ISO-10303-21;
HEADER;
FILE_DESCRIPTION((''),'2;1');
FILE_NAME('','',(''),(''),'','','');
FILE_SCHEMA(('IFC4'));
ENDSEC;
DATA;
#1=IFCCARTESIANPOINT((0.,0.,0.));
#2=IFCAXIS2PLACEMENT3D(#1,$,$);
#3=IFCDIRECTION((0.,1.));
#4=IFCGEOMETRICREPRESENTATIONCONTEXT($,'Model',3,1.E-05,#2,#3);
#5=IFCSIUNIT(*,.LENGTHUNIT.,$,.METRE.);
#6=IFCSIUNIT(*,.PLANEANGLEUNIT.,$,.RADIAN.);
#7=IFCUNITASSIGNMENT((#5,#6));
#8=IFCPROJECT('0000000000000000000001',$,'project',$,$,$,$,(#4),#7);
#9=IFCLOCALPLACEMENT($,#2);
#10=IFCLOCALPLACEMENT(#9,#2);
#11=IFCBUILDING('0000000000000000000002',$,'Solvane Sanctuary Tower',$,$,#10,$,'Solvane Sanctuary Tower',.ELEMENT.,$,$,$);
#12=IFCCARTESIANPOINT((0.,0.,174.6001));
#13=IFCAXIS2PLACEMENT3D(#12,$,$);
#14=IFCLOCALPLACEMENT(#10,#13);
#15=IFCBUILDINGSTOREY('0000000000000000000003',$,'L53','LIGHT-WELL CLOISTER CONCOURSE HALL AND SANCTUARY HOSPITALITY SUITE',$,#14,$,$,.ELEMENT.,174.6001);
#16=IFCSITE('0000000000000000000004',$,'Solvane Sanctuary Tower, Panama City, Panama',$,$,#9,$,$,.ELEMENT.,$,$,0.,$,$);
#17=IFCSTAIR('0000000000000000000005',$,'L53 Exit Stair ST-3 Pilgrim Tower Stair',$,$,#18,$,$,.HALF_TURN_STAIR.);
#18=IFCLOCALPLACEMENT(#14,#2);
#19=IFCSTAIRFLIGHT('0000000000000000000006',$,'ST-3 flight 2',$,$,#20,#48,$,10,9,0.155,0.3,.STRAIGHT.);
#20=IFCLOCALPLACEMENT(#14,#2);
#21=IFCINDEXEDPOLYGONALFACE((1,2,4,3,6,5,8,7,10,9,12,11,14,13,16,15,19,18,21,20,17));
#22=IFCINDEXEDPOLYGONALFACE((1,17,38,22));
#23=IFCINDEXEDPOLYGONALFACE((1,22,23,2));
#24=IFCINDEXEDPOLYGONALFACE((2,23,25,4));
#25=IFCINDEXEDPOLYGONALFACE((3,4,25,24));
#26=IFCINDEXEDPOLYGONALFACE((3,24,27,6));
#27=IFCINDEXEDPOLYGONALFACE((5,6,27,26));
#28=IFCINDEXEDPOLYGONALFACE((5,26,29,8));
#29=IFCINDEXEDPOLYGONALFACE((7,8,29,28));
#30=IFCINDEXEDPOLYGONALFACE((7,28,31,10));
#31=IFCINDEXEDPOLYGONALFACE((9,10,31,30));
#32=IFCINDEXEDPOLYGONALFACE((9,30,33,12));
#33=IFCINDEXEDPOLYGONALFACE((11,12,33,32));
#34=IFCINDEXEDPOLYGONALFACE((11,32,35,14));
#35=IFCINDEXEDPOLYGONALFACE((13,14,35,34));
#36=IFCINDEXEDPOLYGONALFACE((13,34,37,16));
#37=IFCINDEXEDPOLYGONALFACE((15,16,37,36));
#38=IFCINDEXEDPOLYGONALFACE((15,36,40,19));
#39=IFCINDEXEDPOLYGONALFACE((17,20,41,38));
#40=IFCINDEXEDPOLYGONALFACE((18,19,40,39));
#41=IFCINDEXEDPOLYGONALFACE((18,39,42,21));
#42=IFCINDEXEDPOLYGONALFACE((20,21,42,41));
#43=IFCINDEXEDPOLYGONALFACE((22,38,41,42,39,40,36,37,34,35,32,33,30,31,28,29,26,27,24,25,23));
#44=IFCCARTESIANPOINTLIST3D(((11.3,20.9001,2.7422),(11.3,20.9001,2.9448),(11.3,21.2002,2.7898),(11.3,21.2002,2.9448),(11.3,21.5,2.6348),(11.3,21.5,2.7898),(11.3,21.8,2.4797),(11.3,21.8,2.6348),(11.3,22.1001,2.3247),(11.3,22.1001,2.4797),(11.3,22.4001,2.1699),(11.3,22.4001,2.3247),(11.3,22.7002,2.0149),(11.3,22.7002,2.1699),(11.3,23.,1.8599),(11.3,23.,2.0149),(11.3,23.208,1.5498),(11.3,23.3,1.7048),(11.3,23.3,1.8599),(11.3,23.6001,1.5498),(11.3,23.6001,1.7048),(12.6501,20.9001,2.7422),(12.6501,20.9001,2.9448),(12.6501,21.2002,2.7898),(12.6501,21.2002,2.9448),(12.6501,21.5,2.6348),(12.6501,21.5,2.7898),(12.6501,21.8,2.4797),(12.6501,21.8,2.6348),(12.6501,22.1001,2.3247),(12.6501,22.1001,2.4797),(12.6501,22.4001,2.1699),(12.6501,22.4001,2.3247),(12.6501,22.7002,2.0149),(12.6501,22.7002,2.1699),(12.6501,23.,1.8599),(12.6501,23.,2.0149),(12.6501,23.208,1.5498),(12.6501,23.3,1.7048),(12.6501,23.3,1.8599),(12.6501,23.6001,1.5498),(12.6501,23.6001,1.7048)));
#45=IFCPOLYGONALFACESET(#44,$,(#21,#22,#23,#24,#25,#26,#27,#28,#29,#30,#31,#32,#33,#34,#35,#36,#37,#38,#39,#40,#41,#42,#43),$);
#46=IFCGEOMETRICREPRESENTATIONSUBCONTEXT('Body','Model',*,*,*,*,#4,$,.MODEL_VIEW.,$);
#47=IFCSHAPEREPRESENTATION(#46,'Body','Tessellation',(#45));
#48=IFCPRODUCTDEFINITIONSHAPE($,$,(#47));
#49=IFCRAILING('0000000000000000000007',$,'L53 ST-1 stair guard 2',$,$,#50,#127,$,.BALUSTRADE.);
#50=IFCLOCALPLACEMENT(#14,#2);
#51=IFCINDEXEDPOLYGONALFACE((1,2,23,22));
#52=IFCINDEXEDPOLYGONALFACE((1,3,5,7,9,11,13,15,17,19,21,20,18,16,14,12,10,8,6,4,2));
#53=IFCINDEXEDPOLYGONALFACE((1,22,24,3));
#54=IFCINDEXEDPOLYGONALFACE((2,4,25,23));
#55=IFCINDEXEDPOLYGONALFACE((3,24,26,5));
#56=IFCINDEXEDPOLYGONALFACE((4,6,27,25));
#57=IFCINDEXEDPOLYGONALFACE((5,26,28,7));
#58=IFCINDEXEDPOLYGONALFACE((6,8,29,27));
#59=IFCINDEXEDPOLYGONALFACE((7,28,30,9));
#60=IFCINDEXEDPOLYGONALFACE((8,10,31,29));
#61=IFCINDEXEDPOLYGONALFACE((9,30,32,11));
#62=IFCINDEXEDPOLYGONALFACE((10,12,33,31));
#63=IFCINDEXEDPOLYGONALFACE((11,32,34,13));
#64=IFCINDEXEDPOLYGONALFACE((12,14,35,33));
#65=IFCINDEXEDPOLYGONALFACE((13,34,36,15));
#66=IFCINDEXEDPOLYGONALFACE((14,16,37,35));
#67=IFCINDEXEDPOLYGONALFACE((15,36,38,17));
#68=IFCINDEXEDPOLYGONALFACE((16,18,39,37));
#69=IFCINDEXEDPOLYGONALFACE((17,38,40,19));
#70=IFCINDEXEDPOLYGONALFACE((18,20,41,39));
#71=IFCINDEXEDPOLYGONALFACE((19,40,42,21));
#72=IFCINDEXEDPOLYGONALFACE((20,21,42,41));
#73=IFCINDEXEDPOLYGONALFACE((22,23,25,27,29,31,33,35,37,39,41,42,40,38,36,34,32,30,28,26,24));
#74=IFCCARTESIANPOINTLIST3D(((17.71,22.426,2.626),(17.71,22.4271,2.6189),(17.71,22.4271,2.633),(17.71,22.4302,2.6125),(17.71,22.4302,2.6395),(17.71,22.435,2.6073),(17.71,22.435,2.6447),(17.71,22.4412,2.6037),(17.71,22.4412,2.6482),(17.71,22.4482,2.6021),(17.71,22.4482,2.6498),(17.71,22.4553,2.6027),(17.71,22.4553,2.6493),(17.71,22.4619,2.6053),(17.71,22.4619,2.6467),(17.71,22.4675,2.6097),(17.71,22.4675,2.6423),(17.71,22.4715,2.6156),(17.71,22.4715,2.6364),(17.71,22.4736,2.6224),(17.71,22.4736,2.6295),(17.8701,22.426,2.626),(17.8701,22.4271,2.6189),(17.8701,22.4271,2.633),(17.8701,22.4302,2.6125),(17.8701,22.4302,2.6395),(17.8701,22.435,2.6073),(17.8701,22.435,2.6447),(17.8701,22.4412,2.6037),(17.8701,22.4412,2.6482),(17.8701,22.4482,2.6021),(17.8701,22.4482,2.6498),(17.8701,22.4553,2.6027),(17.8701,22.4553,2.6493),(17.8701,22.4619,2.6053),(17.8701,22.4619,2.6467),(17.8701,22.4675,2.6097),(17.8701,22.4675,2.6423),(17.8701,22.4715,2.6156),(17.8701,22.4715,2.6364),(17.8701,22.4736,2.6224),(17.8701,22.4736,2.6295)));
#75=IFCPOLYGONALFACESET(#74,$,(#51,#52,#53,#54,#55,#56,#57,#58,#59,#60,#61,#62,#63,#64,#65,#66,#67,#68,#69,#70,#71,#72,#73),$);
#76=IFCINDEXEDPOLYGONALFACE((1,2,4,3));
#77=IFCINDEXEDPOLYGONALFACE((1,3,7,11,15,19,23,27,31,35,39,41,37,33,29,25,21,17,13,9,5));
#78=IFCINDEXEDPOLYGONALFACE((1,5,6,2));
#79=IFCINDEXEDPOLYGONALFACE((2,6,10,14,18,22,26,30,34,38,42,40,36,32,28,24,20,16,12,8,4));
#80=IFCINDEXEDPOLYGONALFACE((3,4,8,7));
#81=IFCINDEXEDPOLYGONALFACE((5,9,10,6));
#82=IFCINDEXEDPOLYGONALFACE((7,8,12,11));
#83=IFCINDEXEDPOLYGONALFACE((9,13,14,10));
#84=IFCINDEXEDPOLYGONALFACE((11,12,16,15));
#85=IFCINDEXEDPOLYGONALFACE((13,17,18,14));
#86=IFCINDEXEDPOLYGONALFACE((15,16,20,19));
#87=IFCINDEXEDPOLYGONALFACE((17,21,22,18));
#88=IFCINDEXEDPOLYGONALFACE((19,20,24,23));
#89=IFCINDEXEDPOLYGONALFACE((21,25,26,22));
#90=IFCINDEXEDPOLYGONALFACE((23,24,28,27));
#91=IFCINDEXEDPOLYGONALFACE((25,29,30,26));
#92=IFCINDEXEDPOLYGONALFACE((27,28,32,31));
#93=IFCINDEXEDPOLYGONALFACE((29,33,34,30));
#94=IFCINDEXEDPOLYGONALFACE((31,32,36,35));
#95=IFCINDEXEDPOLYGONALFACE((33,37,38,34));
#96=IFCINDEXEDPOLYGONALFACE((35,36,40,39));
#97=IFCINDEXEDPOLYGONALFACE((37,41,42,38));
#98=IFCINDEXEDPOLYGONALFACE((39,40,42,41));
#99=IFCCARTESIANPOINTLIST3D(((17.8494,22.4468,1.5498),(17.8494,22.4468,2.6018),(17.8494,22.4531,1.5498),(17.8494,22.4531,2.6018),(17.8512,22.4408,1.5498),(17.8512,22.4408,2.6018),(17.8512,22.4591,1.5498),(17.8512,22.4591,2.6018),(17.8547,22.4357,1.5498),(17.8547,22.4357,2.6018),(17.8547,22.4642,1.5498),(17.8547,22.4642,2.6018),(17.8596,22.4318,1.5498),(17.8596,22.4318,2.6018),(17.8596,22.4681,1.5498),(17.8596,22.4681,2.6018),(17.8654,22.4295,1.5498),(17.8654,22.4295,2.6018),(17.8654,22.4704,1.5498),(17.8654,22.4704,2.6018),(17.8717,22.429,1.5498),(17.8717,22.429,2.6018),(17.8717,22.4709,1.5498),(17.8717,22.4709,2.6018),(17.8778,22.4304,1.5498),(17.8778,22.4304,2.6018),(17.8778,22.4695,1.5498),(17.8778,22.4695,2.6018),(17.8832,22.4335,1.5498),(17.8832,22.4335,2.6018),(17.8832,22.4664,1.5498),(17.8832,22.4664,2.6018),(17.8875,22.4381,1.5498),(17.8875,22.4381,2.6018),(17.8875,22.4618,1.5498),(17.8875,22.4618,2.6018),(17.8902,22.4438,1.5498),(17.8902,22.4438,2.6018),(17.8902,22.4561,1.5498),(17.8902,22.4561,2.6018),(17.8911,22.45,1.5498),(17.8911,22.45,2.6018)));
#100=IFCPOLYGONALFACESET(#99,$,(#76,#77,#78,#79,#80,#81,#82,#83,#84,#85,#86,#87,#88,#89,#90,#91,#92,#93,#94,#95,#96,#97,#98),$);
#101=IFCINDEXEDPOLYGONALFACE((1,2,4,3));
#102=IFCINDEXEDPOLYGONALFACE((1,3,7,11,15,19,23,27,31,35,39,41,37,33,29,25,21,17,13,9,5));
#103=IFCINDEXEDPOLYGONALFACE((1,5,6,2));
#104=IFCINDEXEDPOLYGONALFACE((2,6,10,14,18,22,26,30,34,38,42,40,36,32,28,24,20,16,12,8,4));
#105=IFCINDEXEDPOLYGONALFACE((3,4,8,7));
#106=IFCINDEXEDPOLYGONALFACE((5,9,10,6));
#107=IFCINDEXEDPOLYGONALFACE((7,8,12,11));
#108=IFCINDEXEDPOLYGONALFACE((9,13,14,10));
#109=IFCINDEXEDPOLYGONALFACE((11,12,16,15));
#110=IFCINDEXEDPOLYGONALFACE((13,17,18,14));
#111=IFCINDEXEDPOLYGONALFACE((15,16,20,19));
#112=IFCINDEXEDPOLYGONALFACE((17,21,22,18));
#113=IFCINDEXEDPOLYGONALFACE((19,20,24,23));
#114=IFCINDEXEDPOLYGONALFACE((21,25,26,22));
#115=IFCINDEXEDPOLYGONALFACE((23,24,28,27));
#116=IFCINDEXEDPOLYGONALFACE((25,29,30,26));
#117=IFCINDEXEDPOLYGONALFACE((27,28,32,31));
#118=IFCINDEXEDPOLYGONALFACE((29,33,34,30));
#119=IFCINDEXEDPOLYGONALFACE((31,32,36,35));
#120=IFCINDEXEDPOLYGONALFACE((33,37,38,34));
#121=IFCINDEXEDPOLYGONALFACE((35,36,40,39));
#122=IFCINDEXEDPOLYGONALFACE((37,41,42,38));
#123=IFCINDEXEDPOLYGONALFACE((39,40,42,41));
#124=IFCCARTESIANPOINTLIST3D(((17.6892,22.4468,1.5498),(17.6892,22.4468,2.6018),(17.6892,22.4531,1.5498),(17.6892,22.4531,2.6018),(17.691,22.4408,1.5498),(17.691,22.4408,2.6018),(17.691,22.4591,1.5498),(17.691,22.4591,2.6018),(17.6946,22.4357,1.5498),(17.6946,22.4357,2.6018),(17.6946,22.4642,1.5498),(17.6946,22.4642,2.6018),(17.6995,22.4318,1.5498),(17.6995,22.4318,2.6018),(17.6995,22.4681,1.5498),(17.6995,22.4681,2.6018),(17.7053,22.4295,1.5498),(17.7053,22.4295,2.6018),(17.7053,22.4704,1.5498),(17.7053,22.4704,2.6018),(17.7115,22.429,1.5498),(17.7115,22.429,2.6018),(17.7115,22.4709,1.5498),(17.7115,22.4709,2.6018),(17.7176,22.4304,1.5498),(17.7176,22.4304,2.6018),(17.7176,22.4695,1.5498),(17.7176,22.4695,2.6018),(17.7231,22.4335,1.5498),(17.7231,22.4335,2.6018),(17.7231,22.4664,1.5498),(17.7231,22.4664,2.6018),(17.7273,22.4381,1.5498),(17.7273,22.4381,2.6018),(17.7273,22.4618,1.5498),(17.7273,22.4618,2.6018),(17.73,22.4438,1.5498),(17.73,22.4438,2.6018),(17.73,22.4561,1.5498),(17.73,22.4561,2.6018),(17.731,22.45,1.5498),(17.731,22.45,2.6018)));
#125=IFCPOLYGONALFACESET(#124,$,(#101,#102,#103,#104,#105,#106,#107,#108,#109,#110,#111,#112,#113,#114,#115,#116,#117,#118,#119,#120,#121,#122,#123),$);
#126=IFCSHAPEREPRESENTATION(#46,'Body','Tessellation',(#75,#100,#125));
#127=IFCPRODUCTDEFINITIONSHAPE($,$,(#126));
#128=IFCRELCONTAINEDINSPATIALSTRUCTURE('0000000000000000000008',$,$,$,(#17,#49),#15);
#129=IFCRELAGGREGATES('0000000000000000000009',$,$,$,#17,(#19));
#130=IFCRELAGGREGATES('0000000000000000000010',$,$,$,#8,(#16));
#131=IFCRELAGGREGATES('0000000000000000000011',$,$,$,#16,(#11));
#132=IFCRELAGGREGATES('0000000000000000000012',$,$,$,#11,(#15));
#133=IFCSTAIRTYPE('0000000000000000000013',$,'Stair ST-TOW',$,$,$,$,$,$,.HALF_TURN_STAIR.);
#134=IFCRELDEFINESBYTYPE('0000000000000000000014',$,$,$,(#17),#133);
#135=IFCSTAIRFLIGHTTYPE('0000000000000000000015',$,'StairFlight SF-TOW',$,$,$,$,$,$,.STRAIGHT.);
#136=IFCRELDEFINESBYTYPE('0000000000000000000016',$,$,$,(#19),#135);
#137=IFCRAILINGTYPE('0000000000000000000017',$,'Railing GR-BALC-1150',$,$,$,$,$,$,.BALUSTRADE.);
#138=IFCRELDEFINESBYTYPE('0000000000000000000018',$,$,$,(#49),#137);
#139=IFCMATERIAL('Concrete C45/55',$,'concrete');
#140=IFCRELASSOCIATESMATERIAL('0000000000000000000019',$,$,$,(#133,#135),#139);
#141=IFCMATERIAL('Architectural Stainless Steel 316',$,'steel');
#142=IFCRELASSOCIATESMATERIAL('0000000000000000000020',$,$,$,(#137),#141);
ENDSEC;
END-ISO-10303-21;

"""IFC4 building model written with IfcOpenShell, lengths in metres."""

from ifc_helpers import new_model, si_unit, direction, frame, origin, origin_2d, place, context, subcontext, project, spatial, polyline, circle, outline, extrude, material, type_object, element, aggregate, save


model = new_model("IFC4")

# Units and contexts
model_context = context("Model", 3, precision=1e-05, world=origin(), true_north=direction((0.0, 1.0)))
body_context = subcontext(model_context, "Body", "Model", "MODEL_VIEW")
ifc_project = project(units=[si_unit("LENGTHUNIT", "METRE"), si_unit("PLANEANGLEUNIT", "RADIAN")], contexts=[model_context])

# Site, building, storey
site_placement = place(None, origin())
site = spatial("IfcSite", under=ifc_project, at=site_placement, Name="Solvane Sanctuary Tower, Panama City, Panama", CompositionType="ELEMENT", RefElevation=0.0)
building_placement = place(site_placement, origin())
building = spatial("IfcBuilding", under=site, at=building_placement, Name="Solvane Sanctuary Tower", LongName="Solvane Sanctuary Tower", CompositionType="ELEMENT")
storey_placement = place(building_placement, frame((0.0, 0.0, 174.6001)))
storey = spatial("IfcBuildingStorey", under=building, at=storey_placement, Name="L53", Description="LIGHT-WELL CLOISTER CONCOURSE HALL AND SANCTUARY HOSPITALITY SUITE", CompositionType="ELEMENT", Elevation=174.6001)

# Shared definitions
ifc_material_1 = material(Name="Concrete C45/55", Category="concrete")
stair_type = type_object("IfcStairType", Name="Stair ST-TOW", PredefinedType="HALF_TURN_STAIR", material=ifc_material_1)
stair_flight_type = type_object("IfcStairFlightType", Name="StairFlight SF-TOW", PredefinedType="STRAIGHT", material=ifc_material_1)

# Stair, stair flight
stair_1_placement = place(storey_placement, origin())
stair_1 = element("IfcStair", 1, at=stair_1_placement, inside=storey, type_object=stair_type, Name="L53 Exit Stair ST-3 Pilgrim Tower Stair", PredefinedType="HALF_TURN_STAIR")
stair_flight_1_placement = place(storey_placement, frame((11.9751, 23.6001, 1.5498), z_axis=(0.0, 0.0, 1.0), x_axis=(0.0, -1.0, 0.0)))
stair_flight_1 = element("IfcStairFlight", 2, at=stair_flight_1_placement, type_object=stair_flight_type, Name="ST-3 flight 2", NumberOfRisers=10, NumberOfTreads=9, PredefinedType="STRAIGHT", RiserHeight=0.155, TreadLength=0.3, context=body_context, shape_type="SweptSolid", body=[
    extrude(outline(polyline([(0.0, 0.0), (0.0, 0.155), (0.3, 0.155), (0.3, 0.3101), (0.6001, 0.3101), (0.6001, 0.4651), (0.8999, 0.4651), (0.8999, 0.6201), (1.2, 0.6201), (1.2, 0.7749), (1.5, 0.7749), (1.5, 0.9299), (1.8, 0.9299), (1.8, 1.085), (2.1001, 1.085), (2.1001, 1.24), (2.3999, 1.24), (2.3999, 1.395), (2.7, 1.395), (2.7, 1.55), (2.7, 1.1924), (0.3921, 0.0), (0.0, 0.0)])), frame((0.0, 0.675, 0.0), z_axis=(0.0, -1.0, 0.0), x_axis=(1.0, 0.0, 0.0)), (0.0, 0.0, 1.0), 1.3501),
])
aggregate(stair_1, [stair_flight_1])

# Railing
ifc_material_2 = material(Name="Architectural Stainless Steel 316", Category="steel")
railing_type_1 = type_object("IfcRailingType", Name="Railing GR-BALC-1150", PredefinedType="BALUSTRADE", material=ifc_material_2)
railing_1_placement = place(storey_placement, frame((17.8701, 22.45, 1.5498)))
element("IfcRailing", 3, at=railing_1_placement, inside=storey, type_object=railing_type_1, Name="L53 ST-1 stair guard 2", PredefinedType="BALUSTRADE", context=body_context, shape_type="SweptSolid", body=[
    extrude(circle(Radius=0.0239, at=origin_2d()), frame((0.0, 0.0, 1.0762), z_axis=(-1.0, 0.0, 0.0), x_axis=(0.0, -1.0, 0.0)), (0.0, 0.0, 1.0), 0.1602),
    extrude(circle(Radius=0.021, at=origin_2d()), origin(), (0.0, 0.0, 1.0), 1.052),
    extrude(circle(Radius=0.021, at=origin_2d()), frame((-0.1602, 0.0, 0.0)), (0.0, 0.0, 1.0), 1.052),
])

save(model, "model.ifc")
